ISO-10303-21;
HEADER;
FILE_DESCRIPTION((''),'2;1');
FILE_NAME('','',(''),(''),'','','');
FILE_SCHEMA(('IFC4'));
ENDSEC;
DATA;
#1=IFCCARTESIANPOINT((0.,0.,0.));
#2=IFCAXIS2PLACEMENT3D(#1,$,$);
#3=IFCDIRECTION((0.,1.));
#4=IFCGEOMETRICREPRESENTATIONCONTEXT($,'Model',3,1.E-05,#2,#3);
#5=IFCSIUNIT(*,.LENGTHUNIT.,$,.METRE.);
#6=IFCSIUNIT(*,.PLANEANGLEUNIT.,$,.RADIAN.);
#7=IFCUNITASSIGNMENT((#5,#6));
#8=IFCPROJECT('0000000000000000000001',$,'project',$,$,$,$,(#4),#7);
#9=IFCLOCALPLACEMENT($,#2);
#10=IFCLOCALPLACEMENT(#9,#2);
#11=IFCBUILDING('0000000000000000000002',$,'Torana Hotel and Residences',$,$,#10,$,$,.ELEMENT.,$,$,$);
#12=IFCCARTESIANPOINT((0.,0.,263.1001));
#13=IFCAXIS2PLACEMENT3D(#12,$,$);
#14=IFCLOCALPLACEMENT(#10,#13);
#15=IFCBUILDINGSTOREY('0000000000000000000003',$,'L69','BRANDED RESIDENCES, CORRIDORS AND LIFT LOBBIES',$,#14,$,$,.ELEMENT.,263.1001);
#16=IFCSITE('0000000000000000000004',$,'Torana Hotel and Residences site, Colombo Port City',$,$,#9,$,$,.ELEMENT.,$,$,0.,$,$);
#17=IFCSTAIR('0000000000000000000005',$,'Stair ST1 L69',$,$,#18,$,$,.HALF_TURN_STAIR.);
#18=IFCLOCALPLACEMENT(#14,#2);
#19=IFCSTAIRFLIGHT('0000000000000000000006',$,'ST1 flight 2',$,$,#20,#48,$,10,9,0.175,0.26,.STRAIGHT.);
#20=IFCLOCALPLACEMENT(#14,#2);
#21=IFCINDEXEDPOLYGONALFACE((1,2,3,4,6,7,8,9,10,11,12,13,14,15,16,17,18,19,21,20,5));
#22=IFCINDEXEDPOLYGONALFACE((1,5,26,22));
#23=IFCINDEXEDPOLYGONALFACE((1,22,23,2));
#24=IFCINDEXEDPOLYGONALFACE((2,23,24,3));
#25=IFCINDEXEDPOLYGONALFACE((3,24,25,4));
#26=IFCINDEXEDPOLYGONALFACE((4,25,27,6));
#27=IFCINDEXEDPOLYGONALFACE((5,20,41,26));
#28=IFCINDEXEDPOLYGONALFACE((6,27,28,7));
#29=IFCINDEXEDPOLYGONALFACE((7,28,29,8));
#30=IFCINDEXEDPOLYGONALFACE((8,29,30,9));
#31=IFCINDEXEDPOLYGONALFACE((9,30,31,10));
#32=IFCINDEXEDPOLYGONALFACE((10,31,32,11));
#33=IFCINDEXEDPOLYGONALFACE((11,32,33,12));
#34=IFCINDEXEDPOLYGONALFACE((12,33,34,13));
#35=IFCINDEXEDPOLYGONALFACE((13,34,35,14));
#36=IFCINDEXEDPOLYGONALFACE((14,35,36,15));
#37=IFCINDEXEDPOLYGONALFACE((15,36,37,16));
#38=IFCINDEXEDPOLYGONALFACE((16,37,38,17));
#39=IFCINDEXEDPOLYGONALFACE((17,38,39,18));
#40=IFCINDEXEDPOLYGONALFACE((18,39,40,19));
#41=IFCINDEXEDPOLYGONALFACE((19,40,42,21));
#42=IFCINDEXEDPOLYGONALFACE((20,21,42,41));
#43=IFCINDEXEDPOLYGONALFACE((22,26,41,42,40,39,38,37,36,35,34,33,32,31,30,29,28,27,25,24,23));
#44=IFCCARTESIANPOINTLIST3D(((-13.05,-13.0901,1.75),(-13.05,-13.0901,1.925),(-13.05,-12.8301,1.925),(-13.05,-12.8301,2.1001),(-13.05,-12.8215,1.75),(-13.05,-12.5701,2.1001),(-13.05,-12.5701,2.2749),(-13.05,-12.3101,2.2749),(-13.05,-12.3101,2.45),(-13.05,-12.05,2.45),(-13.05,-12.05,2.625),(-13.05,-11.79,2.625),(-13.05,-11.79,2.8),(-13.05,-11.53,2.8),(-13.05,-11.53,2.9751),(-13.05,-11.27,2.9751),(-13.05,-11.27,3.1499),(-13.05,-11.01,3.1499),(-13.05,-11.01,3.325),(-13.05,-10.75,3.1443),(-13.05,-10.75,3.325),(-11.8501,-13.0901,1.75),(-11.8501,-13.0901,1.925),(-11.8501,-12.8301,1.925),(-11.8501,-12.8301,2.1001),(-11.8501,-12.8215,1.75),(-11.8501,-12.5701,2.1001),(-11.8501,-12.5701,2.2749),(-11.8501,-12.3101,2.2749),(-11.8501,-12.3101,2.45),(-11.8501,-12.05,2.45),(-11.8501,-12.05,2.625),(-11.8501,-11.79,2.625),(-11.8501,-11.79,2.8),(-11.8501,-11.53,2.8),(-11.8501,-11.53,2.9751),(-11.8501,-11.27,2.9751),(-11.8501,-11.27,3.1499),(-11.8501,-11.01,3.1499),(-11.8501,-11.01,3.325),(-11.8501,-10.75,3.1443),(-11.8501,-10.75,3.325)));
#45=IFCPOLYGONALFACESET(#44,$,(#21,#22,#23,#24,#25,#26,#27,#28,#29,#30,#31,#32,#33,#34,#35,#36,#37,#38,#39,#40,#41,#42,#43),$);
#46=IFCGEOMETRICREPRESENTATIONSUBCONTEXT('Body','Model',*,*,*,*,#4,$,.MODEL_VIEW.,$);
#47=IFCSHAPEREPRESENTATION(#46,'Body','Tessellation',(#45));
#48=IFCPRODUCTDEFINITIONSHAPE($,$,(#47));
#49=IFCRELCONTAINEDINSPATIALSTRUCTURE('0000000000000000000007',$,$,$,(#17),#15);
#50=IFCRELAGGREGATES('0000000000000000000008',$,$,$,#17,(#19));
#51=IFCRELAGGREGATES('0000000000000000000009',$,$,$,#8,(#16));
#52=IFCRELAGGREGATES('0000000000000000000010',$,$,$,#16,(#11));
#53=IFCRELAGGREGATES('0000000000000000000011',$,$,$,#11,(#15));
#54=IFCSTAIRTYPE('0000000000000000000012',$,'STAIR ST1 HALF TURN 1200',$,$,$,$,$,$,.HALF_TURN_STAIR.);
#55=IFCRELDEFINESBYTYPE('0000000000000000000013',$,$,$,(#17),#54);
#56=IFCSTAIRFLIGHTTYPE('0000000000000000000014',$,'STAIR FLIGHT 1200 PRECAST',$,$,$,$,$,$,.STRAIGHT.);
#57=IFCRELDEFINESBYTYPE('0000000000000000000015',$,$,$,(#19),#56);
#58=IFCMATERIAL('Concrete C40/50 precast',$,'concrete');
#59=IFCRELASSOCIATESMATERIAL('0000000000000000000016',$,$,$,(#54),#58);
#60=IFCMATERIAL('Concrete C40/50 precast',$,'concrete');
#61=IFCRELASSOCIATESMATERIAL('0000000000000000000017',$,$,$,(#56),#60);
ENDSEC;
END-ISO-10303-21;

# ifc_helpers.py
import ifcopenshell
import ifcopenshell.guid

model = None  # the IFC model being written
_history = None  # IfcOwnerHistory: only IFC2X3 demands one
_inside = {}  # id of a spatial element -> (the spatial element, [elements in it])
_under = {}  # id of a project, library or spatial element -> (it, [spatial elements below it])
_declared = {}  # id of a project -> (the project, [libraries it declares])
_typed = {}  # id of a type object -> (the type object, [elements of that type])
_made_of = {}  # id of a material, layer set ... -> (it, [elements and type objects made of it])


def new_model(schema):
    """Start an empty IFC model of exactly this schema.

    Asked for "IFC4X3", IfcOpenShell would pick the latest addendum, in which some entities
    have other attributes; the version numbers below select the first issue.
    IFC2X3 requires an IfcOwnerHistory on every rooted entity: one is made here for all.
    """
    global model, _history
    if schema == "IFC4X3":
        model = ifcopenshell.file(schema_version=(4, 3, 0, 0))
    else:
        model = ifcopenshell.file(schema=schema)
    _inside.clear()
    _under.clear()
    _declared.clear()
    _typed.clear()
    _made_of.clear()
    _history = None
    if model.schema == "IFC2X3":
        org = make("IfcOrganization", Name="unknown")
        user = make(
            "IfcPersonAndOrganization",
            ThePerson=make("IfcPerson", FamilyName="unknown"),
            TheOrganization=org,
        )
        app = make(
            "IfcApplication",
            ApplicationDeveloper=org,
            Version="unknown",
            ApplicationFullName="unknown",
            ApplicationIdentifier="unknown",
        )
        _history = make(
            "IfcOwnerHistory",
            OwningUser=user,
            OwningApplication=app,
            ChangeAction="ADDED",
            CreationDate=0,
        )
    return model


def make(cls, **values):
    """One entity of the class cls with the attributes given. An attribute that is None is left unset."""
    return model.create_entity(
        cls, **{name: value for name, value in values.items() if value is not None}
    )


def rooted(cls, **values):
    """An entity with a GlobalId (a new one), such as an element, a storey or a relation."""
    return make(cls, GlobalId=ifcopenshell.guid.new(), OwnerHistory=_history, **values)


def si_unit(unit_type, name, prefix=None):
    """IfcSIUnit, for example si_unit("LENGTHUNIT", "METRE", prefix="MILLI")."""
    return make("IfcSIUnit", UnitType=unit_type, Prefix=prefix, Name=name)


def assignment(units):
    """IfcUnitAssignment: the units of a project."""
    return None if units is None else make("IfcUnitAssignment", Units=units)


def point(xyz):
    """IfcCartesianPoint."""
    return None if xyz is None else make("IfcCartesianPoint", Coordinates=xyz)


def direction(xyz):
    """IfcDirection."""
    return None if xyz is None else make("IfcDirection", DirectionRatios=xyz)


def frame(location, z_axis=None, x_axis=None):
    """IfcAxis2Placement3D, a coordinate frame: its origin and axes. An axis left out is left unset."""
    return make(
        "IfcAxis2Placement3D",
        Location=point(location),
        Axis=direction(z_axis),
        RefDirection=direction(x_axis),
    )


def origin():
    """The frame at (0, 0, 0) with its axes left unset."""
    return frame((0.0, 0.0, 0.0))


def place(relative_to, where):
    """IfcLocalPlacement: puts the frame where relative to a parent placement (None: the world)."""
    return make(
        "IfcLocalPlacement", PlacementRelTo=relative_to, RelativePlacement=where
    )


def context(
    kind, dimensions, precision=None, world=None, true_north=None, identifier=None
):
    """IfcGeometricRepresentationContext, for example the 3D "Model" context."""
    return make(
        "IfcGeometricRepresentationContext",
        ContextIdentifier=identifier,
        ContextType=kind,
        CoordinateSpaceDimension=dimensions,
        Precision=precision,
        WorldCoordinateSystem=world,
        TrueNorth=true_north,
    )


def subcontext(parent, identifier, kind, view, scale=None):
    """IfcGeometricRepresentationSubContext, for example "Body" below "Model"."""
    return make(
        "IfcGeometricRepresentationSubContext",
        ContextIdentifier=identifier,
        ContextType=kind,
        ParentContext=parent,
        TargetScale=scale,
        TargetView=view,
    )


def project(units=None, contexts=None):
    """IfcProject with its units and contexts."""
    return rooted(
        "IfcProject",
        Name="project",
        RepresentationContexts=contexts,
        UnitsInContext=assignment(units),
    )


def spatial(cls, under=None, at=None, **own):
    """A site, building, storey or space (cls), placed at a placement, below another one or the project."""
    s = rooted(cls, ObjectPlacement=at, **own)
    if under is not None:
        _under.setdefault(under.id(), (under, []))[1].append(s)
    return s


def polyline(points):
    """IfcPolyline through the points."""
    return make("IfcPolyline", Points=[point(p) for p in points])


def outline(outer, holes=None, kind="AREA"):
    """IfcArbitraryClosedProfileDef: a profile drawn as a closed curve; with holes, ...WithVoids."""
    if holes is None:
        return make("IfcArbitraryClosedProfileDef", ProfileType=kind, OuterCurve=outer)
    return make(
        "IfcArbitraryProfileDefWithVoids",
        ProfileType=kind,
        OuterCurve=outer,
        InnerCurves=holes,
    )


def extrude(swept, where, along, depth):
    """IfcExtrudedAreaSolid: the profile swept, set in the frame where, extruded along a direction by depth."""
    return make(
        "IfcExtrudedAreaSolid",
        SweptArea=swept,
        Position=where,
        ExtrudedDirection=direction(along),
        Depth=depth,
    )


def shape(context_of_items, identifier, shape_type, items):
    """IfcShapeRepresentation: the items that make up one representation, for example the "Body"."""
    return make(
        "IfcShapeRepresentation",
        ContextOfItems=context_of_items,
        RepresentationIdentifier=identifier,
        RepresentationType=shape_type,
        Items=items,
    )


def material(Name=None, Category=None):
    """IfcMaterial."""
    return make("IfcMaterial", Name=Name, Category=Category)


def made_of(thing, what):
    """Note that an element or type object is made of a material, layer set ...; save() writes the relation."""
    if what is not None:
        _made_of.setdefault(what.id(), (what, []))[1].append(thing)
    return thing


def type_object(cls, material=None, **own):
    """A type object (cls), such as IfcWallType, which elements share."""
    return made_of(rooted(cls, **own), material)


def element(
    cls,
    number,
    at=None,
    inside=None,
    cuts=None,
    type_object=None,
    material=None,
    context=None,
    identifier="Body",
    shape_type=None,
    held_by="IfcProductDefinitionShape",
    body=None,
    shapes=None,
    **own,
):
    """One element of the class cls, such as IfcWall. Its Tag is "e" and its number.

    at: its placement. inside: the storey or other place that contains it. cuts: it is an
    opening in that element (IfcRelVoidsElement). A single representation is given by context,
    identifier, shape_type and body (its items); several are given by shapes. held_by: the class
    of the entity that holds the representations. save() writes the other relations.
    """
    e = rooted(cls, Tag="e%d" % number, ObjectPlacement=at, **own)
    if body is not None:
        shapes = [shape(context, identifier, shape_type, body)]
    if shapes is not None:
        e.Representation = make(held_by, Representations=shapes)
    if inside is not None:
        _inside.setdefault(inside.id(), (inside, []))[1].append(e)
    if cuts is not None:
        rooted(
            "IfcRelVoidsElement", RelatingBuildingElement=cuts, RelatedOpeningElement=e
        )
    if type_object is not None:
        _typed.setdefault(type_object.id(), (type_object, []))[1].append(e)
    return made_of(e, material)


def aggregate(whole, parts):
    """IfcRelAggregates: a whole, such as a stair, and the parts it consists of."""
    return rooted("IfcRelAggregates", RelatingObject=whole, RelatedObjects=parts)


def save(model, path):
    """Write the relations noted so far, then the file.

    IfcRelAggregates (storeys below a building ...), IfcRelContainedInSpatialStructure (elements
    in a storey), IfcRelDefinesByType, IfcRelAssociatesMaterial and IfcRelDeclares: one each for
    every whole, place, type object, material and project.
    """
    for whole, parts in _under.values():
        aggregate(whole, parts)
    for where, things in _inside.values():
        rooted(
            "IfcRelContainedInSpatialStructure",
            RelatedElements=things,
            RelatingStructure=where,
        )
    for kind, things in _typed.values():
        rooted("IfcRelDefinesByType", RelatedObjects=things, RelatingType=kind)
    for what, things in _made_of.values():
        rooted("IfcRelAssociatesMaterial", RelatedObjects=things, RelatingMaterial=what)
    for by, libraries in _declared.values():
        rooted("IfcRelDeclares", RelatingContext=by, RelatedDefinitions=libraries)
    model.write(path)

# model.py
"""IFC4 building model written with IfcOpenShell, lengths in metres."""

from ifc_helpers import new_model, si_unit, direction, frame, origin, place, context, subcontext, project, spatial, polyline, outline, extrude, material, type_object, element, aggregate, save


model = new_model("IFC4")

# Units and contexts
model_context = context("Model", 3, precision=1e-05, world=origin(), true_north=direction((0.0, 1.0)))
body_context = subcontext(model_context, "Body", "Model", "MODEL_VIEW")
ifc_project = project(units=[si_unit("LENGTHUNIT", "METRE"), si_unit("PLANEANGLEUNIT", "RADIAN")], contexts=[model_context])

# Site, building, storey
site_placement = place(None, origin())
site = spatial("IfcSite", under=ifc_project, at=site_placement, Name="Torana Hotel and Residences site, Colombo Port City", CompositionType="ELEMENT", RefElevation=0.0)
building_placement = place(site_placement, origin())
building = spatial("IfcBuilding", under=site, at=building_placement, Name="Torana Hotel and Residences", CompositionType="ELEMENT")
storey_placement = place(building_placement, frame((0.0, 0.0, 263.1001)))
storey = spatial("IfcBuildingStorey", under=building, at=storey_placement, Name="L69", Description="BRANDED RESIDENCES, CORRIDORS AND LIFT LOBBIES", CompositionType="ELEMENT", Elevation=263.1001)

# Stair, stair flight
ifc_material_1 = material(Name="Concrete C40/50 precast", Category="concrete")
stair_type = type_object("IfcStairType", Name="STAIR ST1 HALF TURN 1200", PredefinedType="HALF_TURN_STAIR", material=ifc_material_1)
stair_placement = place(storey_placement, origin())
stair = element("IfcStair", 1, at=stair_placement, inside=storey, type_object=stair_type, Name="Stair ST1 L69", PredefinedType="HALF_TURN_STAIR")
ifc_material_2 = material(Name="Concrete C40/50 precast", Category="concrete")
stair_flight_type = type_object("IfcStairFlightType", Name="STAIR FLIGHT 1200 PRECAST", PredefinedType="STRAIGHT", material=ifc_material_2)
stair_flight_1_placement = place(storey_placement, frame((-12.45, -13.0901, 1.75), z_axis=(0.0, 0.0, 1.0), x_axis=(0.0, 1.0, 0.0)))
stair_flight_1 = element("IfcStairFlight", 2, at=stair_flight_1_placement, type_object=stair_flight_type, Name="ST1 flight 2", NumberOfRisers=10, NumberOfTreads=9, PredefinedType="STRAIGHT", RiserHeight=0.175, TreadLength=0.26, context=body_context, shape_type="SweptSolid", body=[
    extrude(outline(polyline([(0.0, 0.0), (0.0, 0.175), (0.26, 0.175), (0.26, 0.3501), (0.52, 0.3501), (0.52, 0.5249), (0.78, 0.5249), (0.78, 0.7), (1.04, 0.7), (1.04, 0.875), (1.3, 0.875), (1.3, 1.05), (1.5601, 1.05), (1.5601, 1.2251), (1.8201, 1.2251), (1.8201, 1.3999), (2.0801, 1.3999), (2.0801, 1.575), (2.3401, 1.575), (2.3401, 1.75), (2.3401, 1.3943), (0.2686, 0.0), (0.0, 0.0)])), frame((0.0, 0.6001, 0.0), z_axis=(0.0, -1.0, 0.0), x_axis=(1.0, 0.0, 0.0)), (0.0, 0.0, 1.0), 1.2),
])
aggregate(stair, [stair_flight_1])

save(model, "model.ifc")
